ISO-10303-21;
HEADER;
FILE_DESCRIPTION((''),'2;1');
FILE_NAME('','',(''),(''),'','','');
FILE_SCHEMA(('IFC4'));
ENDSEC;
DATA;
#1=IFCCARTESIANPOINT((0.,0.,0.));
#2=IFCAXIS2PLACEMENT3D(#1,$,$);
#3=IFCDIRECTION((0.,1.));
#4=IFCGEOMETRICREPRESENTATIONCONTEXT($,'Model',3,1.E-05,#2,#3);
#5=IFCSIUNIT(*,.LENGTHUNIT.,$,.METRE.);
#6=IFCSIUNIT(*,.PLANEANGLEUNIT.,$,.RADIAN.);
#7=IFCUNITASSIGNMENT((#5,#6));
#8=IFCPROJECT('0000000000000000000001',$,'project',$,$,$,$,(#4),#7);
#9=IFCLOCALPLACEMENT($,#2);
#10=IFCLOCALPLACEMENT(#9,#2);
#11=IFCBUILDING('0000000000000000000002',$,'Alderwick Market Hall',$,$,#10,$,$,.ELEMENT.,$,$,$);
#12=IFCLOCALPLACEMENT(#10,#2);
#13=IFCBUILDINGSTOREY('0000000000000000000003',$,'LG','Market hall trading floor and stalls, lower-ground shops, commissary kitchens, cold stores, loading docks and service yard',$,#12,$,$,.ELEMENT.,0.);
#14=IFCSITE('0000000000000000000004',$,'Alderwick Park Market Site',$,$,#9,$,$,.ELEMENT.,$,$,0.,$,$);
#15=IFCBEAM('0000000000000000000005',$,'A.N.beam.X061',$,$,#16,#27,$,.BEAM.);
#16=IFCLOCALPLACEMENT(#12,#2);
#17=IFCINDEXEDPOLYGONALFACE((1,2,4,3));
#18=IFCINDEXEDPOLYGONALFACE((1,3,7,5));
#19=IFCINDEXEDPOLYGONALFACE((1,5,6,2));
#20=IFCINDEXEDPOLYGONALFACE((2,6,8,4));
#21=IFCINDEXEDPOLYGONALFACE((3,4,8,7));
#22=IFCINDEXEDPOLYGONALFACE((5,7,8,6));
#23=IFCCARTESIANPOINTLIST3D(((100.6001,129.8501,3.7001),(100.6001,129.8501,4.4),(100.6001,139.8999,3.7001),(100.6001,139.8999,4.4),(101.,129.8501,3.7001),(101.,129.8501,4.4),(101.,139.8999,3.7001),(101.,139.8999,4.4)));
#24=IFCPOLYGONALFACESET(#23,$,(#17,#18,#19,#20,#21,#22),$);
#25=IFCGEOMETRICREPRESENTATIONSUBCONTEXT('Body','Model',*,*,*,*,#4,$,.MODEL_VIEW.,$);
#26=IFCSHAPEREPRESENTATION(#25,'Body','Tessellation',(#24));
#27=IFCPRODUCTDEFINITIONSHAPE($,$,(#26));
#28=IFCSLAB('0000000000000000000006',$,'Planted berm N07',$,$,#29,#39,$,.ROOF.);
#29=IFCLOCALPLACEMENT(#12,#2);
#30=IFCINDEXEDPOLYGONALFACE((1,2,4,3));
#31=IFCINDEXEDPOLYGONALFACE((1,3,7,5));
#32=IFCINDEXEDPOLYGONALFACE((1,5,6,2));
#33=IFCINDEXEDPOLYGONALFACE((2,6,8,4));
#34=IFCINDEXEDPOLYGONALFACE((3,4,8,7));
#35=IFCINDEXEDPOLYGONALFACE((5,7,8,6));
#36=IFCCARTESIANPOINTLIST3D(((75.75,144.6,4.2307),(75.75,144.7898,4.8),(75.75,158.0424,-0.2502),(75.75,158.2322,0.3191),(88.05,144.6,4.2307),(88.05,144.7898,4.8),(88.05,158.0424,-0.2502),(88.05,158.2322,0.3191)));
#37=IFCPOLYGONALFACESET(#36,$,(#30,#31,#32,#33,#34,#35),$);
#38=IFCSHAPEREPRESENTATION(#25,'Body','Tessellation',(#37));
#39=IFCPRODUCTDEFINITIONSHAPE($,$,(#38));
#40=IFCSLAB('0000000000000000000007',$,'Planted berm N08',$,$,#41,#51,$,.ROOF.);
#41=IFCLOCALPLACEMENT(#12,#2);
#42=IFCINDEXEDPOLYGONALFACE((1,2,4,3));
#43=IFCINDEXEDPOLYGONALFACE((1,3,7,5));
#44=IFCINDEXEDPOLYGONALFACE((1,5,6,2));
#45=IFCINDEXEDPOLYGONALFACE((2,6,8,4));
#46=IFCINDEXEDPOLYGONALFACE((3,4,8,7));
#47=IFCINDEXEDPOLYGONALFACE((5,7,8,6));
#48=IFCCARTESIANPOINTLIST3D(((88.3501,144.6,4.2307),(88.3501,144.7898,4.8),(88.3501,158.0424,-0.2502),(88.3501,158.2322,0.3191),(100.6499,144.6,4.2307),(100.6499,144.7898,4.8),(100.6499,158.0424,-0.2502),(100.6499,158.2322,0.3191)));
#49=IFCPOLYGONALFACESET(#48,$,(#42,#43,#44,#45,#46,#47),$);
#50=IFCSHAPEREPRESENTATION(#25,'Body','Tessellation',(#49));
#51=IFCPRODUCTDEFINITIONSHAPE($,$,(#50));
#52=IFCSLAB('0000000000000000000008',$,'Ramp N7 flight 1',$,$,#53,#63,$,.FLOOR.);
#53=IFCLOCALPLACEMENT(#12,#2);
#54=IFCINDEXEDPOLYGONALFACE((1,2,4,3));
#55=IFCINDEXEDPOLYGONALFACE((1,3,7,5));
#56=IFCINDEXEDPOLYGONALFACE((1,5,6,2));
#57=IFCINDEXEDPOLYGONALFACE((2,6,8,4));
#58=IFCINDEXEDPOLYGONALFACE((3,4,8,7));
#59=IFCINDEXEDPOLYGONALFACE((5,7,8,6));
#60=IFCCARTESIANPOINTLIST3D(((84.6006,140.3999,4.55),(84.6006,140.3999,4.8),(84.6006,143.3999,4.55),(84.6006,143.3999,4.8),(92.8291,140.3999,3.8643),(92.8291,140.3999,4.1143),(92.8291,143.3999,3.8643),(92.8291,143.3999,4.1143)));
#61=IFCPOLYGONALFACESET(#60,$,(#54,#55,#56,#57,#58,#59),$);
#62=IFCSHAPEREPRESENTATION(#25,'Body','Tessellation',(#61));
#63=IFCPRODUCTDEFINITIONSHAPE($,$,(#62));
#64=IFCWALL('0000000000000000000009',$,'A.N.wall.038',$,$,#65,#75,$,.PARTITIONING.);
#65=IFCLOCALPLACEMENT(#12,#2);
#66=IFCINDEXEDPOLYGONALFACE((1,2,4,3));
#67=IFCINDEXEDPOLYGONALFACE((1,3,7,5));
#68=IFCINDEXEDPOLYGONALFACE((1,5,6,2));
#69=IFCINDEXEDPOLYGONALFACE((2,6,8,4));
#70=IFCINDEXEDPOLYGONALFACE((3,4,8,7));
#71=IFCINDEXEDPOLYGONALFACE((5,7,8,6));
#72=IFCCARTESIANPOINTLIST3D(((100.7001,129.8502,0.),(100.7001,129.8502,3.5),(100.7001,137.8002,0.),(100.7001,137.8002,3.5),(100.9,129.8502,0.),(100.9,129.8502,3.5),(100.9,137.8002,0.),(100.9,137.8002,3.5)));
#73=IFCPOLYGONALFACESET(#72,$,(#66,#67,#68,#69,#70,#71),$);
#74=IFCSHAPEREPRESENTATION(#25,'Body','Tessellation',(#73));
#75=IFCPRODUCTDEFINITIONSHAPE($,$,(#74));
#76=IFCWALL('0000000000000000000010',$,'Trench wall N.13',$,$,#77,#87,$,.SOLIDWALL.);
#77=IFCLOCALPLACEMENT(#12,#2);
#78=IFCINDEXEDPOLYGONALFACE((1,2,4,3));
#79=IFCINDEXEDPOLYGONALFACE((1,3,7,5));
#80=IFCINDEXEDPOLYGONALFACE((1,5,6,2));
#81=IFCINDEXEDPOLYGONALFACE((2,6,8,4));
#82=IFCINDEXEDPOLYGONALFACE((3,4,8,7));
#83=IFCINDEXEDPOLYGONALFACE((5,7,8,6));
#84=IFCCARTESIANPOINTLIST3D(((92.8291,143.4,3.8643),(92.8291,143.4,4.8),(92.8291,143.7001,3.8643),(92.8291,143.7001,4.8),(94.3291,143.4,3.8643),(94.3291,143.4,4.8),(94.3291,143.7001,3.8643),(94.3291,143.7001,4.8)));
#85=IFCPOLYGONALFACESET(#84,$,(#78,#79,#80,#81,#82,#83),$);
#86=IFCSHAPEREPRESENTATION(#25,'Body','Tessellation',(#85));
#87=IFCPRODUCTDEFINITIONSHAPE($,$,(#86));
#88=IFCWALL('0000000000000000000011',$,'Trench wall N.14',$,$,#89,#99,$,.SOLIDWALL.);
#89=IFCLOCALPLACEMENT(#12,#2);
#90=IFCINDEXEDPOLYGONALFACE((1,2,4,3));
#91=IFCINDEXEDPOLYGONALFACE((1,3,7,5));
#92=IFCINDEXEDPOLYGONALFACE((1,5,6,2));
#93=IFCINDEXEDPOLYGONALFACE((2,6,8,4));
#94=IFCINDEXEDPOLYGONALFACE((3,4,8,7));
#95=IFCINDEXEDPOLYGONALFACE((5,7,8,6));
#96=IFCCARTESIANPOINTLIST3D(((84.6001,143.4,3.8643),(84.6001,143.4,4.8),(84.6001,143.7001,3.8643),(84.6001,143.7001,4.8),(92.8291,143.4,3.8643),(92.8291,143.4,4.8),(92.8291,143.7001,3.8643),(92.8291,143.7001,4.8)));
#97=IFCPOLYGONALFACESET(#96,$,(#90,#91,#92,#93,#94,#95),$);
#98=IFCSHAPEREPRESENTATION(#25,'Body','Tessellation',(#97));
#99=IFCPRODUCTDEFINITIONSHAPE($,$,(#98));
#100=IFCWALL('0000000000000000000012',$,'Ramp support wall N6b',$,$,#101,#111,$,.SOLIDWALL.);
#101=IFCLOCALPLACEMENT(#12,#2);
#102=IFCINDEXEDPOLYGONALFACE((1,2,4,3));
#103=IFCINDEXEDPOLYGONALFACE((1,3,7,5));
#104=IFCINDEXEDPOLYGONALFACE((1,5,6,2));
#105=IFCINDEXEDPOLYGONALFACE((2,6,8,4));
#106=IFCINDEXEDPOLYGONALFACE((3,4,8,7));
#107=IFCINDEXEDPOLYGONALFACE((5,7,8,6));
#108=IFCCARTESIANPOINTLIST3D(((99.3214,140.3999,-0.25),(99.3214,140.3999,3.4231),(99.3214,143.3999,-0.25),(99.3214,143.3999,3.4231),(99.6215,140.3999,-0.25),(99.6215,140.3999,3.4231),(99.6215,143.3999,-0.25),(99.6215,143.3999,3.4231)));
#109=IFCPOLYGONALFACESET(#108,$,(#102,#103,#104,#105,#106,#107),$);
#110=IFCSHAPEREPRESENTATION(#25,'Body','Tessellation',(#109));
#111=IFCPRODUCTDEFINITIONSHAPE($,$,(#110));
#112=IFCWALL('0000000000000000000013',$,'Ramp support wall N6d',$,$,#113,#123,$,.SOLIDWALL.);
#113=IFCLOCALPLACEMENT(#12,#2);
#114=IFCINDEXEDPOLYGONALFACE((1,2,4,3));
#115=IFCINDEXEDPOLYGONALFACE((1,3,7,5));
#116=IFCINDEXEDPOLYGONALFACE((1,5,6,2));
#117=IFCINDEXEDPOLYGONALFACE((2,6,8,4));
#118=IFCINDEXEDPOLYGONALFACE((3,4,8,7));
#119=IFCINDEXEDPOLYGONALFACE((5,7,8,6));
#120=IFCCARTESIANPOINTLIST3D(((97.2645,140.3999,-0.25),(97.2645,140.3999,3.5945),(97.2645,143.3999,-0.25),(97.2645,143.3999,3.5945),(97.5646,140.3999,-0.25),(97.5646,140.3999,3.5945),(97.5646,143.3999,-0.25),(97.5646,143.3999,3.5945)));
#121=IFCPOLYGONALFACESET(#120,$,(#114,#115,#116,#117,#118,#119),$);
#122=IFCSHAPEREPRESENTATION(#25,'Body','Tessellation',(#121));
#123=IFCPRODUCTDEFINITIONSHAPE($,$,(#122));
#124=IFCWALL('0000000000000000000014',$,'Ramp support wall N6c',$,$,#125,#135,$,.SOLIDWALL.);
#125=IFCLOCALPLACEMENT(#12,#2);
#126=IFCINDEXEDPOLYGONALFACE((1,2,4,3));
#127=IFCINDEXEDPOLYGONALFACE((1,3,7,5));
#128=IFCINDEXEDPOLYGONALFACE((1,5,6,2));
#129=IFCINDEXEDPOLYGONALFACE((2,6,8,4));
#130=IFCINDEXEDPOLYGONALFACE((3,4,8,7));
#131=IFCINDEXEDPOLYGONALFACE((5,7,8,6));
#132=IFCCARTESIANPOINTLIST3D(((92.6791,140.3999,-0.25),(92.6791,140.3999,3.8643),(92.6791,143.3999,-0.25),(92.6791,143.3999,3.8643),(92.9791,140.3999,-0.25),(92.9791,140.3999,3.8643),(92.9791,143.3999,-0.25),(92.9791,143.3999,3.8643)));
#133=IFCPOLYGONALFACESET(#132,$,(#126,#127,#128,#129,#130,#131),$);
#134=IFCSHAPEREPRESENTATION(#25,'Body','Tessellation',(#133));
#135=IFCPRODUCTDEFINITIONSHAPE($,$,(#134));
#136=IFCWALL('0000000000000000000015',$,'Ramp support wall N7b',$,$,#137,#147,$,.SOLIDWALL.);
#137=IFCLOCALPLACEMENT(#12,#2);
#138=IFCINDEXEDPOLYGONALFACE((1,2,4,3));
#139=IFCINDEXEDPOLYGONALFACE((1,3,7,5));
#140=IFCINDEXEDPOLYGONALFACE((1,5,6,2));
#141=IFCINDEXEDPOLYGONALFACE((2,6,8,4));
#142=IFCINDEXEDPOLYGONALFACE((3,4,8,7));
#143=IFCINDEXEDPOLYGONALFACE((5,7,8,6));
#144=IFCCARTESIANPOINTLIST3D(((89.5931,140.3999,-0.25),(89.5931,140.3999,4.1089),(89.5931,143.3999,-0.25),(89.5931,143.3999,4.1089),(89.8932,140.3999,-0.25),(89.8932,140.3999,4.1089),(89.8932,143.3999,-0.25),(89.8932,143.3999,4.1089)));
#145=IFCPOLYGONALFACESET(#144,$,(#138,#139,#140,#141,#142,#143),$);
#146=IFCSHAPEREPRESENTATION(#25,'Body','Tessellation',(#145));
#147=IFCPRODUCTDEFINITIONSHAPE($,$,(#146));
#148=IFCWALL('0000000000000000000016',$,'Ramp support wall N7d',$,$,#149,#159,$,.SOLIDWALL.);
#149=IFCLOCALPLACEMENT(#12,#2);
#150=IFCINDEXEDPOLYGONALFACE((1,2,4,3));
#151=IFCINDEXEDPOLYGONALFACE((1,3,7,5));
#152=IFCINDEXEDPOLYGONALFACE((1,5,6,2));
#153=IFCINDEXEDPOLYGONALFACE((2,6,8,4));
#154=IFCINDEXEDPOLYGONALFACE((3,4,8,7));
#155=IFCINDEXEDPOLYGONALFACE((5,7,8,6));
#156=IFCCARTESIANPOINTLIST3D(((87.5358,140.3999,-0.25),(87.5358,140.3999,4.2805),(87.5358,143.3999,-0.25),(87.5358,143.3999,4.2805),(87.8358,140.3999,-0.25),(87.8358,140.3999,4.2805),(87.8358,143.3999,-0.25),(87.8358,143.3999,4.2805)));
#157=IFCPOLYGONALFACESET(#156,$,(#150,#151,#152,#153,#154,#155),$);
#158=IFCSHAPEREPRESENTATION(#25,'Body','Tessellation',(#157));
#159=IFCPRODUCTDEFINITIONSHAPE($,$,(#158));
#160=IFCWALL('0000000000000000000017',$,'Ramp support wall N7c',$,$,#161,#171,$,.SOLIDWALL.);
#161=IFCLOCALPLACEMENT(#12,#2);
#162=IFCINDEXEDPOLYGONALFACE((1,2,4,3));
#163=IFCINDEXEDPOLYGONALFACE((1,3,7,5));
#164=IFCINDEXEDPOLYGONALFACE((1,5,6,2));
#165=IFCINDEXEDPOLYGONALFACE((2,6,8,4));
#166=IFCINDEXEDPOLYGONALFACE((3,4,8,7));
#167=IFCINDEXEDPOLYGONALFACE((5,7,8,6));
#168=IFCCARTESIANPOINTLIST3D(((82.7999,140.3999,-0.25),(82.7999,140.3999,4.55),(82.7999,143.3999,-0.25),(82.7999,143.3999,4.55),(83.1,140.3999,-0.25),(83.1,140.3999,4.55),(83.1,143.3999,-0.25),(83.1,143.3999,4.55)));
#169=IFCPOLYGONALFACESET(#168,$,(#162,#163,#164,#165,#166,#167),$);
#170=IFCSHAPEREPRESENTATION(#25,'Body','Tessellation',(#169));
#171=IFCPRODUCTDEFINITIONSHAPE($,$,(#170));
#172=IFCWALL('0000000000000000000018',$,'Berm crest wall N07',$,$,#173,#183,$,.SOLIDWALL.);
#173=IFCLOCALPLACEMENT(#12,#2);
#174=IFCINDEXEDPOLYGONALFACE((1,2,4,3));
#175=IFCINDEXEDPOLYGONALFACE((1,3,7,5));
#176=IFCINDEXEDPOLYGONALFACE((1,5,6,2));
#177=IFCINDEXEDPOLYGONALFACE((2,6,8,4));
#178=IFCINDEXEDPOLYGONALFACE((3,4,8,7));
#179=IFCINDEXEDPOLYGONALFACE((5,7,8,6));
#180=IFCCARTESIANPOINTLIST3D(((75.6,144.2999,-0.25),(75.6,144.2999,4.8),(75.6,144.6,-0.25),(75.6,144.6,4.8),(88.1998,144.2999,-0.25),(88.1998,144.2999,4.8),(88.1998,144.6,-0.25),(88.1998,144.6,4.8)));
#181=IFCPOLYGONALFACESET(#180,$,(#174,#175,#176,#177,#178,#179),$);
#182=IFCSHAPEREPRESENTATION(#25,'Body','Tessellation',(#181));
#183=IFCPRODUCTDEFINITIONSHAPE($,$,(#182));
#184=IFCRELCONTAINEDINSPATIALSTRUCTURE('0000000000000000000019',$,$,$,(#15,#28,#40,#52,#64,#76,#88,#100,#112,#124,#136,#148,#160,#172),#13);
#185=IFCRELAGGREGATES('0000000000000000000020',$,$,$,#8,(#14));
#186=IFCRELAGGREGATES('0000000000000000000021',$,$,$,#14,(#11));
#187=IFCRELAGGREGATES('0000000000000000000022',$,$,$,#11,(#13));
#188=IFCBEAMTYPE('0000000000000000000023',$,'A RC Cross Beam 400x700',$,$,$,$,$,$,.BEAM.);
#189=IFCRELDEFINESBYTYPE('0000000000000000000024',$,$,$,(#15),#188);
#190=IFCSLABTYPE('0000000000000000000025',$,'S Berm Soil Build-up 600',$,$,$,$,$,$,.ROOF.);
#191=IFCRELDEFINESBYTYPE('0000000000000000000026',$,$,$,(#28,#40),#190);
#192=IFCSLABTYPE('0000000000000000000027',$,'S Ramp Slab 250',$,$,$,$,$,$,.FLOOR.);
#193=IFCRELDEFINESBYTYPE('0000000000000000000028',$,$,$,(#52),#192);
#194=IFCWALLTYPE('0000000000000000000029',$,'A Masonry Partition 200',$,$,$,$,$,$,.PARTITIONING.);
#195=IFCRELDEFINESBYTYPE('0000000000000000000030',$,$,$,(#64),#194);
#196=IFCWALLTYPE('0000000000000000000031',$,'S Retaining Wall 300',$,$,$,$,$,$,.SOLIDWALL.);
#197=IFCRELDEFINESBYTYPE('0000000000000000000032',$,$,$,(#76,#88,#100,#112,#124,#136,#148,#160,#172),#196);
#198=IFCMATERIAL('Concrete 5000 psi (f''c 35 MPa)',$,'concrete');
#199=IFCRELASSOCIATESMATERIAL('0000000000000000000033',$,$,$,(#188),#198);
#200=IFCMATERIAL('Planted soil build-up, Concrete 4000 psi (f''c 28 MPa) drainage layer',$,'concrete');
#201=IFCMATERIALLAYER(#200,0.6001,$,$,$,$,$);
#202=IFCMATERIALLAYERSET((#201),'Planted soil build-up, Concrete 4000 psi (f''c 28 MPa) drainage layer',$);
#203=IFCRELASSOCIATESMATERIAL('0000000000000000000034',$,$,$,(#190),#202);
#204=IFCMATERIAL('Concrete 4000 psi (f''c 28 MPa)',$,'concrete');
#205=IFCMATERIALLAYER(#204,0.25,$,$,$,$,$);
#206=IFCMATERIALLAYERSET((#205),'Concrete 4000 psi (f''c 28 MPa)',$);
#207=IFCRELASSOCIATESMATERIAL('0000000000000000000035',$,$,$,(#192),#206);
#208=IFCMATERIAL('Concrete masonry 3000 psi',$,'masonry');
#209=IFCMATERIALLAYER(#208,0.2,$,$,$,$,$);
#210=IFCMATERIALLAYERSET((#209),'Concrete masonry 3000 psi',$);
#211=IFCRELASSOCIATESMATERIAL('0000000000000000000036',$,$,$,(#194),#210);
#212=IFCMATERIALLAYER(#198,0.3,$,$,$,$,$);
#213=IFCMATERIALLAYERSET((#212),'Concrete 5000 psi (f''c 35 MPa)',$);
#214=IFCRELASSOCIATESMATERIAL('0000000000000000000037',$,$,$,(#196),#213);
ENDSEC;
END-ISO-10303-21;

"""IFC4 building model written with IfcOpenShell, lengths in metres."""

from ifc_helpers import new_model, si_unit, direction, frame, frame_2d, origin, origin_2d, place, context, subcontext, project, spatial, polyline, rectangle, outline, extrude, material, layer, layer_set, material_profile, profile_set, type_object, element, save


model = new_model("IFC4")

# Units and contexts
model_context = context("Model", 3, precision=1e-05, world=origin(), true_north=direction((0.0, 1.0)))
body_context = subcontext(model_context, "Body", "Model", "MODEL_VIEW")
ifc_project = project(units=[si_unit("LENGTHUNIT", "METRE"), si_unit("PLANEANGLEUNIT", "RADIAN")], contexts=[model_context])

# Site, building, storey
site_placement = place(None, origin())
site = spatial("IfcSite", under=ifc_project, at=site_placement, Name="Alderwick Park Market Site", CompositionType="ELEMENT", RefElevation=0.0)
building_placement = place(site_placement, origin())
building = spatial("IfcBuilding", under=site, at=building_placement, Name="Alderwick Market Hall", CompositionType="ELEMENT")
storey_placement = place(building_placement, origin())
storey = spatial("IfcBuildingStorey", under=building, at=storey_placement, Name="LG", Description="Market hall trading floor and stalls, lower-ground shops, commissary kitchens, cold stores, loading docks and service yard", CompositionType="ELEMENT", Elevation=0.0)

# Beam
ifc_material_1 = material(Name="Concrete 5000 psi (f'c 35 MPa)", Category="concrete")
ifc_material_profile = material_profile(ifc_material_1, rectangle(XDim=0.3999, YDim=0.7, at=origin_2d()), Name="A RC Cross Beam 400x700")
ifc_profile_set = profile_set([ifc_material_profile], Name="Concrete 5000 psi (f'c 35 MPa)")
beam_type = type_object("IfcBeamType", Name="A RC Cross Beam 400x700", PredefinedType="BEAM", material=ifc_profile_set)
beam_placement = place(storey_placement, frame((100.8, 129.8501, 4.05), z_axis=(0.0, 1.0, 0.0), x_axis=(-1.0, 0.0, 0.0)))
element("IfcBeam", 1, at=beam_placement, inside=storey, type_object=beam_type, Name="A.N.beam.X061", PredefinedType="BEAM", context=body_context, shape_type="SweptSolid", body=[
    extrude(rectangle(XDim=0.3999, YDim=0.7, at=origin_2d()), origin(), (0.0, 0.0, 1.0), 10.0498),
])

# Slabs
ifc_material_2 = material(Name="Planted soil build-up, Concrete 4000 psi (f'c 28 MPa) drainage layer", Category="concrete")
ifc_layer_1 = layer(ifc_material_2, 0.6001)
ifc_layer_set_1 = layer_set([ifc_layer_1], Name="Planted soil build-up, Concrete 4000 psi (f'c 28 MPa) drainage layer")
slab_type_1 = type_object("IfcSlabType", Name="S Berm Soil Build-up 600", PredefinedType="ROOF", material=ifc_layer_set_1)
slab_1_placement = place(storey_placement, frame((75.75, 158.2322, 0.3191), z_axis=(0.0, 0.316238, 0.94868), x_axis=(1.0, 0.0, 0.0)))
element("IfcSlab", 2, at=slab_1_placement, inside=storey, type_object=slab_type_1, Name="Planted berm N07", PredefinedType="ROOF", context=body_context, shape_type="SweptSolid", body=[
    extrude(outline(polyline([(0.0, 0.0), (12.3, 0.0), (12.3, -14.1696), (0.0, -14.1696), (0.0, 0.0)])), origin(), (0.0, 0.0, -1.0), 0.6001),
])
slab_2_placement = place(storey_placement, frame((88.3501, 158.2322, 0.3191), z_axis=(0.0, 0.316238, 0.94868), x_axis=(1.0, 0.0, 0.0)))
element("IfcSlab", 3, at=slab_2_placement, inside=storey, type_object=slab_type_1, Name="Planted berm N08", PredefinedType="ROOF", context=body_context, shape_type="SweptSolid", body=[
    extrude(outline(polyline([(0.0, 0.0), (12.2998, 0.0), (12.2998, -14.1696), (0.0, -14.1696), (0.0, 0.0)])), origin(), (0.0, 0.0, -1.0), 0.6001),
])
ifc_material_3 = material(Name="Concrete 4000 psi (f'c 28 MPa)", Category="concrete")
ifc_layer_2 = layer(ifc_material_3, 0.25)
ifc_layer_set_2 = layer_set([ifc_layer_2], Name="Concrete 4000 psi (f'c 28 MPa)")
slab_type_2 = type_object("IfcSlabType", Name="S Ramp Slab 250", PredefinedType="FLOOR", material=ifc_layer_set_2)
slab_3_placement = place(storey_placement, frame((92.8291, 141.8999, 4.1143), z_axis=(0.0, 0.0, 1.0), x_axis=(-1.0, 0.0, 0.0)))
element("IfcSlab", 4, at=slab_3_placement, inside=storey, type_object=slab_type_2, Name="Ramp N7 flight 1", PredefinedType="FLOOR", context=body_context, shape_type="SweptSolid", body=[
    extrude(outline(polyline([(0.0, 0.0), (8.2285, 0.6858), (8.2285, 0.4358), (0.0, -0.25), (0.0, 0.0)])), frame((0.0, 1.5, 0.0), z_axis=(0.0, -1.0, 0.0), x_axis=(1.0, 0.0, 0.0)), (0.0, 0.0, 1.0), 3.0),
])

# Walls
ifc_material_4 = material(Name="Concrete masonry 3000 psi", Category="masonry")
ifc_layer_3 = layer(ifc_material_4, 0.2)
ifc_layer_set_3 = layer_set([ifc_layer_3], Name="Concrete masonry 3000 psi")
wall_type_1 = type_object("IfcWallType", Name="A Masonry Partition 200", PredefinedType="PARTITIONING", material=ifc_layer_set_3)
wall_1_placement = place(storey_placement, frame((100.8, 129.8501, 0.0), z_axis=(0.0, 0.0, 1.0), x_axis=(0.0, 1.0, 0.0)))
element("IfcWall", 5, at=wall_1_placement, inside=storey, type_object=wall_type_1, Name="A.N.wall.038", PredefinedType="PARTITIONING", context=body_context, shape_type="SweptSolid", body=[
    extrude(rectangle(XDim=7.95, YDim=0.2, at=frame_2d((3.9751, 0.0))), origin(), (0.0, 0.0, 1.0), 3.5),
])
ifc_layer_4 = layer(ifc_material_1, 0.3)
ifc_layer_set_4 = layer_set([ifc_layer_4], Name="Concrete 5000 psi (f'c 35 MPa)")
wall_type_2 = type_object("IfcWallType", Name="S Retaining Wall 300", PredefinedType="SOLIDWALL", material=ifc_layer_set_4)
wall_2_placement = place(storey_placement, frame((94.3291, 143.55, 3.8643), z_axis=(0.0, 0.0, 1.0), x_axis=(-1.0, 0.0, 0.0)))
element("IfcWall", 6, at=wall_2_placement, inside=storey, type_object=wall_type_2, Name="Trench wall N.13", PredefinedType="SOLIDWALL", context=body_context, shape_type="SweptSolid", body=[
    extrude(rectangle(XDim=1.5, YDim=0.3, at=frame_2d((0.75, 0.0))), origin(), (0.0, 0.0, 1.0), 0.9358),
])
wall_3_placement = place(storey_placement, frame((92.8291, 143.55, 3.8643), z_axis=(0.0, 0.0, 1.0), x_axis=(-1.0, 0.0, 0.0)))
element("IfcWall", 7, at=wall_3_placement, inside=storey, type_object=wall_type_2, Name="Trench wall N.14", PredefinedType="SOLIDWALL", context=body_context, shape_type="SweptSolid", body=[
    extrude(rectangle(XDim=8.229, YDim=0.3, at=frame_2d((4.1145, 0.0))), origin(), (0.0, 0.0, 1.0), 0.9358),
])
wall_4_placement = place(storey_placement, frame((99.4714, 140.3999, -0.25), z_axis=(0.0, 0.0, 1.0), x_axis=(0.0, 1.0, 0.0)))
element("IfcWall", 8, at=wall_4_placement, inside=storey, type_object=wall_type_2, Name="Ramp support wall N6b", PredefinedType="SOLIDWALL", context=body_context, shape_type="SweptSolid", body=[
    extrude(rectangle(XDim=3.0, YDim=0.3, at=frame_2d((1.5, 0.0))), origin(), (0.0, 0.0, 1.0), 3.6731),
])
wall_5_placement = place(storey_placement, frame((97.4146, 140.3999, -0.25), z_axis=(0.0, 0.0, 1.0), x_axis=(0.0, 1.0, 0.0)))
element("IfcWall", 9, at=wall_5_placement, inside=storey, type_object=wall_type_2, Name="Ramp support wall N6d", PredefinedType="SOLIDWALL", context=body_context, shape_type="SweptSolid", body=[
    extrude(rectangle(XDim=3.0, YDim=0.3, at=frame_2d((1.5, 0.0))), origin(), (0.0, 0.0, 1.0), 3.8445),
])
wall_6_placement = place(storey_placement, frame((92.8291, 140.3999, -0.25), z_axis=(0.0, 0.0, 1.0), x_axis=(0.0, 1.0, 0.0)))
element("IfcWall", 10, at=wall_6_placement, inside=storey, type_object=wall_type_2, Name="Ramp support wall N6c", PredefinedType="SOLIDWALL", context=body_context, shape_type="SweptSolid", body=[
    extrude(rectangle(XDim=3.0, YDim=0.3, at=frame_2d((1.5, 0.0))), origin(), (0.0, 0.0, 1.0), 4.1143),
])
wall_7_placement = place(storey_placement, frame((89.7432, 140.3999, -0.25), z_axis=(0.0, 0.0, 1.0), x_axis=(0.0, 1.0, 0.0)))
element("IfcWall", 11, at=wall_7_placement, inside=storey, type_object=wall_type_2, Name="Ramp support wall N7b", PredefinedType="SOLIDWALL", context=body_context, shape_type="SweptSolid", body=[
    extrude(rectangle(XDim=3.0, YDim=0.3, at=frame_2d((1.5, 0.0))), origin(), (0.0, 0.0, 1.0), 4.3589),
])
wall_8_placement = place(storey_placement, frame((87.6858, 140.3999, -0.25), z_axis=(0.0, 0.0, 1.0), x_axis=(0.0, 1.0, 0.0)))
element("IfcWall", 12, at=wall_8_placement, inside=storey, type_object=wall_type_2, Name="Ramp support wall N7d", PredefinedType="SOLIDWALL", context=body_context, shape_type="SweptSolid", body=[
    extrude(rectangle(XDim=3.0, YDim=0.3, at=frame_2d((1.5, 0.0))), origin(), (0.0, 0.0, 1.0), 4.5305),
])
wall_9_placement = place(storey_placement, frame((82.95, 140.3999, -0.25), z_axis=(0.0, 0.0, 1.0), x_axis=(0.0, 1.0, 0.0)))
element("IfcWall", 13, at=wall_9_placement, inside=storey, type_object=wall_type_2, Name="Ramp support wall N7c", PredefinedType="SOLIDWALL", context=body_context, shape_type="SweptSolid", body=[
    extrude(rectangle(XDim=3.0, YDim=0.3, at=frame_2d((1.5, 0.0))), origin(), (0.0, 0.0, 1.0), 4.8),
])
wall_10_placement = place(storey_placement, frame((75.6001, 144.45, -0.25), z_axis=(0.0, 0.0, 1.0), x_axis=(1.0, 0.0, 0.0)))
element("IfcWall", 14, at=wall_10_placement, inside=storey, type_object=wall_type_2, Name="Berm crest wall N07", PredefinedType="SOLIDWALL", context=body_context, shape_type="SweptSolid", body=[
    extrude(rectangle(XDim=12.5999, YDim=0.3, at=frame_2d((6.2998, 0.0))), origin(), (0.0, 0.0, 1.0), 5.05),
])

save(model, "model.ifc")
